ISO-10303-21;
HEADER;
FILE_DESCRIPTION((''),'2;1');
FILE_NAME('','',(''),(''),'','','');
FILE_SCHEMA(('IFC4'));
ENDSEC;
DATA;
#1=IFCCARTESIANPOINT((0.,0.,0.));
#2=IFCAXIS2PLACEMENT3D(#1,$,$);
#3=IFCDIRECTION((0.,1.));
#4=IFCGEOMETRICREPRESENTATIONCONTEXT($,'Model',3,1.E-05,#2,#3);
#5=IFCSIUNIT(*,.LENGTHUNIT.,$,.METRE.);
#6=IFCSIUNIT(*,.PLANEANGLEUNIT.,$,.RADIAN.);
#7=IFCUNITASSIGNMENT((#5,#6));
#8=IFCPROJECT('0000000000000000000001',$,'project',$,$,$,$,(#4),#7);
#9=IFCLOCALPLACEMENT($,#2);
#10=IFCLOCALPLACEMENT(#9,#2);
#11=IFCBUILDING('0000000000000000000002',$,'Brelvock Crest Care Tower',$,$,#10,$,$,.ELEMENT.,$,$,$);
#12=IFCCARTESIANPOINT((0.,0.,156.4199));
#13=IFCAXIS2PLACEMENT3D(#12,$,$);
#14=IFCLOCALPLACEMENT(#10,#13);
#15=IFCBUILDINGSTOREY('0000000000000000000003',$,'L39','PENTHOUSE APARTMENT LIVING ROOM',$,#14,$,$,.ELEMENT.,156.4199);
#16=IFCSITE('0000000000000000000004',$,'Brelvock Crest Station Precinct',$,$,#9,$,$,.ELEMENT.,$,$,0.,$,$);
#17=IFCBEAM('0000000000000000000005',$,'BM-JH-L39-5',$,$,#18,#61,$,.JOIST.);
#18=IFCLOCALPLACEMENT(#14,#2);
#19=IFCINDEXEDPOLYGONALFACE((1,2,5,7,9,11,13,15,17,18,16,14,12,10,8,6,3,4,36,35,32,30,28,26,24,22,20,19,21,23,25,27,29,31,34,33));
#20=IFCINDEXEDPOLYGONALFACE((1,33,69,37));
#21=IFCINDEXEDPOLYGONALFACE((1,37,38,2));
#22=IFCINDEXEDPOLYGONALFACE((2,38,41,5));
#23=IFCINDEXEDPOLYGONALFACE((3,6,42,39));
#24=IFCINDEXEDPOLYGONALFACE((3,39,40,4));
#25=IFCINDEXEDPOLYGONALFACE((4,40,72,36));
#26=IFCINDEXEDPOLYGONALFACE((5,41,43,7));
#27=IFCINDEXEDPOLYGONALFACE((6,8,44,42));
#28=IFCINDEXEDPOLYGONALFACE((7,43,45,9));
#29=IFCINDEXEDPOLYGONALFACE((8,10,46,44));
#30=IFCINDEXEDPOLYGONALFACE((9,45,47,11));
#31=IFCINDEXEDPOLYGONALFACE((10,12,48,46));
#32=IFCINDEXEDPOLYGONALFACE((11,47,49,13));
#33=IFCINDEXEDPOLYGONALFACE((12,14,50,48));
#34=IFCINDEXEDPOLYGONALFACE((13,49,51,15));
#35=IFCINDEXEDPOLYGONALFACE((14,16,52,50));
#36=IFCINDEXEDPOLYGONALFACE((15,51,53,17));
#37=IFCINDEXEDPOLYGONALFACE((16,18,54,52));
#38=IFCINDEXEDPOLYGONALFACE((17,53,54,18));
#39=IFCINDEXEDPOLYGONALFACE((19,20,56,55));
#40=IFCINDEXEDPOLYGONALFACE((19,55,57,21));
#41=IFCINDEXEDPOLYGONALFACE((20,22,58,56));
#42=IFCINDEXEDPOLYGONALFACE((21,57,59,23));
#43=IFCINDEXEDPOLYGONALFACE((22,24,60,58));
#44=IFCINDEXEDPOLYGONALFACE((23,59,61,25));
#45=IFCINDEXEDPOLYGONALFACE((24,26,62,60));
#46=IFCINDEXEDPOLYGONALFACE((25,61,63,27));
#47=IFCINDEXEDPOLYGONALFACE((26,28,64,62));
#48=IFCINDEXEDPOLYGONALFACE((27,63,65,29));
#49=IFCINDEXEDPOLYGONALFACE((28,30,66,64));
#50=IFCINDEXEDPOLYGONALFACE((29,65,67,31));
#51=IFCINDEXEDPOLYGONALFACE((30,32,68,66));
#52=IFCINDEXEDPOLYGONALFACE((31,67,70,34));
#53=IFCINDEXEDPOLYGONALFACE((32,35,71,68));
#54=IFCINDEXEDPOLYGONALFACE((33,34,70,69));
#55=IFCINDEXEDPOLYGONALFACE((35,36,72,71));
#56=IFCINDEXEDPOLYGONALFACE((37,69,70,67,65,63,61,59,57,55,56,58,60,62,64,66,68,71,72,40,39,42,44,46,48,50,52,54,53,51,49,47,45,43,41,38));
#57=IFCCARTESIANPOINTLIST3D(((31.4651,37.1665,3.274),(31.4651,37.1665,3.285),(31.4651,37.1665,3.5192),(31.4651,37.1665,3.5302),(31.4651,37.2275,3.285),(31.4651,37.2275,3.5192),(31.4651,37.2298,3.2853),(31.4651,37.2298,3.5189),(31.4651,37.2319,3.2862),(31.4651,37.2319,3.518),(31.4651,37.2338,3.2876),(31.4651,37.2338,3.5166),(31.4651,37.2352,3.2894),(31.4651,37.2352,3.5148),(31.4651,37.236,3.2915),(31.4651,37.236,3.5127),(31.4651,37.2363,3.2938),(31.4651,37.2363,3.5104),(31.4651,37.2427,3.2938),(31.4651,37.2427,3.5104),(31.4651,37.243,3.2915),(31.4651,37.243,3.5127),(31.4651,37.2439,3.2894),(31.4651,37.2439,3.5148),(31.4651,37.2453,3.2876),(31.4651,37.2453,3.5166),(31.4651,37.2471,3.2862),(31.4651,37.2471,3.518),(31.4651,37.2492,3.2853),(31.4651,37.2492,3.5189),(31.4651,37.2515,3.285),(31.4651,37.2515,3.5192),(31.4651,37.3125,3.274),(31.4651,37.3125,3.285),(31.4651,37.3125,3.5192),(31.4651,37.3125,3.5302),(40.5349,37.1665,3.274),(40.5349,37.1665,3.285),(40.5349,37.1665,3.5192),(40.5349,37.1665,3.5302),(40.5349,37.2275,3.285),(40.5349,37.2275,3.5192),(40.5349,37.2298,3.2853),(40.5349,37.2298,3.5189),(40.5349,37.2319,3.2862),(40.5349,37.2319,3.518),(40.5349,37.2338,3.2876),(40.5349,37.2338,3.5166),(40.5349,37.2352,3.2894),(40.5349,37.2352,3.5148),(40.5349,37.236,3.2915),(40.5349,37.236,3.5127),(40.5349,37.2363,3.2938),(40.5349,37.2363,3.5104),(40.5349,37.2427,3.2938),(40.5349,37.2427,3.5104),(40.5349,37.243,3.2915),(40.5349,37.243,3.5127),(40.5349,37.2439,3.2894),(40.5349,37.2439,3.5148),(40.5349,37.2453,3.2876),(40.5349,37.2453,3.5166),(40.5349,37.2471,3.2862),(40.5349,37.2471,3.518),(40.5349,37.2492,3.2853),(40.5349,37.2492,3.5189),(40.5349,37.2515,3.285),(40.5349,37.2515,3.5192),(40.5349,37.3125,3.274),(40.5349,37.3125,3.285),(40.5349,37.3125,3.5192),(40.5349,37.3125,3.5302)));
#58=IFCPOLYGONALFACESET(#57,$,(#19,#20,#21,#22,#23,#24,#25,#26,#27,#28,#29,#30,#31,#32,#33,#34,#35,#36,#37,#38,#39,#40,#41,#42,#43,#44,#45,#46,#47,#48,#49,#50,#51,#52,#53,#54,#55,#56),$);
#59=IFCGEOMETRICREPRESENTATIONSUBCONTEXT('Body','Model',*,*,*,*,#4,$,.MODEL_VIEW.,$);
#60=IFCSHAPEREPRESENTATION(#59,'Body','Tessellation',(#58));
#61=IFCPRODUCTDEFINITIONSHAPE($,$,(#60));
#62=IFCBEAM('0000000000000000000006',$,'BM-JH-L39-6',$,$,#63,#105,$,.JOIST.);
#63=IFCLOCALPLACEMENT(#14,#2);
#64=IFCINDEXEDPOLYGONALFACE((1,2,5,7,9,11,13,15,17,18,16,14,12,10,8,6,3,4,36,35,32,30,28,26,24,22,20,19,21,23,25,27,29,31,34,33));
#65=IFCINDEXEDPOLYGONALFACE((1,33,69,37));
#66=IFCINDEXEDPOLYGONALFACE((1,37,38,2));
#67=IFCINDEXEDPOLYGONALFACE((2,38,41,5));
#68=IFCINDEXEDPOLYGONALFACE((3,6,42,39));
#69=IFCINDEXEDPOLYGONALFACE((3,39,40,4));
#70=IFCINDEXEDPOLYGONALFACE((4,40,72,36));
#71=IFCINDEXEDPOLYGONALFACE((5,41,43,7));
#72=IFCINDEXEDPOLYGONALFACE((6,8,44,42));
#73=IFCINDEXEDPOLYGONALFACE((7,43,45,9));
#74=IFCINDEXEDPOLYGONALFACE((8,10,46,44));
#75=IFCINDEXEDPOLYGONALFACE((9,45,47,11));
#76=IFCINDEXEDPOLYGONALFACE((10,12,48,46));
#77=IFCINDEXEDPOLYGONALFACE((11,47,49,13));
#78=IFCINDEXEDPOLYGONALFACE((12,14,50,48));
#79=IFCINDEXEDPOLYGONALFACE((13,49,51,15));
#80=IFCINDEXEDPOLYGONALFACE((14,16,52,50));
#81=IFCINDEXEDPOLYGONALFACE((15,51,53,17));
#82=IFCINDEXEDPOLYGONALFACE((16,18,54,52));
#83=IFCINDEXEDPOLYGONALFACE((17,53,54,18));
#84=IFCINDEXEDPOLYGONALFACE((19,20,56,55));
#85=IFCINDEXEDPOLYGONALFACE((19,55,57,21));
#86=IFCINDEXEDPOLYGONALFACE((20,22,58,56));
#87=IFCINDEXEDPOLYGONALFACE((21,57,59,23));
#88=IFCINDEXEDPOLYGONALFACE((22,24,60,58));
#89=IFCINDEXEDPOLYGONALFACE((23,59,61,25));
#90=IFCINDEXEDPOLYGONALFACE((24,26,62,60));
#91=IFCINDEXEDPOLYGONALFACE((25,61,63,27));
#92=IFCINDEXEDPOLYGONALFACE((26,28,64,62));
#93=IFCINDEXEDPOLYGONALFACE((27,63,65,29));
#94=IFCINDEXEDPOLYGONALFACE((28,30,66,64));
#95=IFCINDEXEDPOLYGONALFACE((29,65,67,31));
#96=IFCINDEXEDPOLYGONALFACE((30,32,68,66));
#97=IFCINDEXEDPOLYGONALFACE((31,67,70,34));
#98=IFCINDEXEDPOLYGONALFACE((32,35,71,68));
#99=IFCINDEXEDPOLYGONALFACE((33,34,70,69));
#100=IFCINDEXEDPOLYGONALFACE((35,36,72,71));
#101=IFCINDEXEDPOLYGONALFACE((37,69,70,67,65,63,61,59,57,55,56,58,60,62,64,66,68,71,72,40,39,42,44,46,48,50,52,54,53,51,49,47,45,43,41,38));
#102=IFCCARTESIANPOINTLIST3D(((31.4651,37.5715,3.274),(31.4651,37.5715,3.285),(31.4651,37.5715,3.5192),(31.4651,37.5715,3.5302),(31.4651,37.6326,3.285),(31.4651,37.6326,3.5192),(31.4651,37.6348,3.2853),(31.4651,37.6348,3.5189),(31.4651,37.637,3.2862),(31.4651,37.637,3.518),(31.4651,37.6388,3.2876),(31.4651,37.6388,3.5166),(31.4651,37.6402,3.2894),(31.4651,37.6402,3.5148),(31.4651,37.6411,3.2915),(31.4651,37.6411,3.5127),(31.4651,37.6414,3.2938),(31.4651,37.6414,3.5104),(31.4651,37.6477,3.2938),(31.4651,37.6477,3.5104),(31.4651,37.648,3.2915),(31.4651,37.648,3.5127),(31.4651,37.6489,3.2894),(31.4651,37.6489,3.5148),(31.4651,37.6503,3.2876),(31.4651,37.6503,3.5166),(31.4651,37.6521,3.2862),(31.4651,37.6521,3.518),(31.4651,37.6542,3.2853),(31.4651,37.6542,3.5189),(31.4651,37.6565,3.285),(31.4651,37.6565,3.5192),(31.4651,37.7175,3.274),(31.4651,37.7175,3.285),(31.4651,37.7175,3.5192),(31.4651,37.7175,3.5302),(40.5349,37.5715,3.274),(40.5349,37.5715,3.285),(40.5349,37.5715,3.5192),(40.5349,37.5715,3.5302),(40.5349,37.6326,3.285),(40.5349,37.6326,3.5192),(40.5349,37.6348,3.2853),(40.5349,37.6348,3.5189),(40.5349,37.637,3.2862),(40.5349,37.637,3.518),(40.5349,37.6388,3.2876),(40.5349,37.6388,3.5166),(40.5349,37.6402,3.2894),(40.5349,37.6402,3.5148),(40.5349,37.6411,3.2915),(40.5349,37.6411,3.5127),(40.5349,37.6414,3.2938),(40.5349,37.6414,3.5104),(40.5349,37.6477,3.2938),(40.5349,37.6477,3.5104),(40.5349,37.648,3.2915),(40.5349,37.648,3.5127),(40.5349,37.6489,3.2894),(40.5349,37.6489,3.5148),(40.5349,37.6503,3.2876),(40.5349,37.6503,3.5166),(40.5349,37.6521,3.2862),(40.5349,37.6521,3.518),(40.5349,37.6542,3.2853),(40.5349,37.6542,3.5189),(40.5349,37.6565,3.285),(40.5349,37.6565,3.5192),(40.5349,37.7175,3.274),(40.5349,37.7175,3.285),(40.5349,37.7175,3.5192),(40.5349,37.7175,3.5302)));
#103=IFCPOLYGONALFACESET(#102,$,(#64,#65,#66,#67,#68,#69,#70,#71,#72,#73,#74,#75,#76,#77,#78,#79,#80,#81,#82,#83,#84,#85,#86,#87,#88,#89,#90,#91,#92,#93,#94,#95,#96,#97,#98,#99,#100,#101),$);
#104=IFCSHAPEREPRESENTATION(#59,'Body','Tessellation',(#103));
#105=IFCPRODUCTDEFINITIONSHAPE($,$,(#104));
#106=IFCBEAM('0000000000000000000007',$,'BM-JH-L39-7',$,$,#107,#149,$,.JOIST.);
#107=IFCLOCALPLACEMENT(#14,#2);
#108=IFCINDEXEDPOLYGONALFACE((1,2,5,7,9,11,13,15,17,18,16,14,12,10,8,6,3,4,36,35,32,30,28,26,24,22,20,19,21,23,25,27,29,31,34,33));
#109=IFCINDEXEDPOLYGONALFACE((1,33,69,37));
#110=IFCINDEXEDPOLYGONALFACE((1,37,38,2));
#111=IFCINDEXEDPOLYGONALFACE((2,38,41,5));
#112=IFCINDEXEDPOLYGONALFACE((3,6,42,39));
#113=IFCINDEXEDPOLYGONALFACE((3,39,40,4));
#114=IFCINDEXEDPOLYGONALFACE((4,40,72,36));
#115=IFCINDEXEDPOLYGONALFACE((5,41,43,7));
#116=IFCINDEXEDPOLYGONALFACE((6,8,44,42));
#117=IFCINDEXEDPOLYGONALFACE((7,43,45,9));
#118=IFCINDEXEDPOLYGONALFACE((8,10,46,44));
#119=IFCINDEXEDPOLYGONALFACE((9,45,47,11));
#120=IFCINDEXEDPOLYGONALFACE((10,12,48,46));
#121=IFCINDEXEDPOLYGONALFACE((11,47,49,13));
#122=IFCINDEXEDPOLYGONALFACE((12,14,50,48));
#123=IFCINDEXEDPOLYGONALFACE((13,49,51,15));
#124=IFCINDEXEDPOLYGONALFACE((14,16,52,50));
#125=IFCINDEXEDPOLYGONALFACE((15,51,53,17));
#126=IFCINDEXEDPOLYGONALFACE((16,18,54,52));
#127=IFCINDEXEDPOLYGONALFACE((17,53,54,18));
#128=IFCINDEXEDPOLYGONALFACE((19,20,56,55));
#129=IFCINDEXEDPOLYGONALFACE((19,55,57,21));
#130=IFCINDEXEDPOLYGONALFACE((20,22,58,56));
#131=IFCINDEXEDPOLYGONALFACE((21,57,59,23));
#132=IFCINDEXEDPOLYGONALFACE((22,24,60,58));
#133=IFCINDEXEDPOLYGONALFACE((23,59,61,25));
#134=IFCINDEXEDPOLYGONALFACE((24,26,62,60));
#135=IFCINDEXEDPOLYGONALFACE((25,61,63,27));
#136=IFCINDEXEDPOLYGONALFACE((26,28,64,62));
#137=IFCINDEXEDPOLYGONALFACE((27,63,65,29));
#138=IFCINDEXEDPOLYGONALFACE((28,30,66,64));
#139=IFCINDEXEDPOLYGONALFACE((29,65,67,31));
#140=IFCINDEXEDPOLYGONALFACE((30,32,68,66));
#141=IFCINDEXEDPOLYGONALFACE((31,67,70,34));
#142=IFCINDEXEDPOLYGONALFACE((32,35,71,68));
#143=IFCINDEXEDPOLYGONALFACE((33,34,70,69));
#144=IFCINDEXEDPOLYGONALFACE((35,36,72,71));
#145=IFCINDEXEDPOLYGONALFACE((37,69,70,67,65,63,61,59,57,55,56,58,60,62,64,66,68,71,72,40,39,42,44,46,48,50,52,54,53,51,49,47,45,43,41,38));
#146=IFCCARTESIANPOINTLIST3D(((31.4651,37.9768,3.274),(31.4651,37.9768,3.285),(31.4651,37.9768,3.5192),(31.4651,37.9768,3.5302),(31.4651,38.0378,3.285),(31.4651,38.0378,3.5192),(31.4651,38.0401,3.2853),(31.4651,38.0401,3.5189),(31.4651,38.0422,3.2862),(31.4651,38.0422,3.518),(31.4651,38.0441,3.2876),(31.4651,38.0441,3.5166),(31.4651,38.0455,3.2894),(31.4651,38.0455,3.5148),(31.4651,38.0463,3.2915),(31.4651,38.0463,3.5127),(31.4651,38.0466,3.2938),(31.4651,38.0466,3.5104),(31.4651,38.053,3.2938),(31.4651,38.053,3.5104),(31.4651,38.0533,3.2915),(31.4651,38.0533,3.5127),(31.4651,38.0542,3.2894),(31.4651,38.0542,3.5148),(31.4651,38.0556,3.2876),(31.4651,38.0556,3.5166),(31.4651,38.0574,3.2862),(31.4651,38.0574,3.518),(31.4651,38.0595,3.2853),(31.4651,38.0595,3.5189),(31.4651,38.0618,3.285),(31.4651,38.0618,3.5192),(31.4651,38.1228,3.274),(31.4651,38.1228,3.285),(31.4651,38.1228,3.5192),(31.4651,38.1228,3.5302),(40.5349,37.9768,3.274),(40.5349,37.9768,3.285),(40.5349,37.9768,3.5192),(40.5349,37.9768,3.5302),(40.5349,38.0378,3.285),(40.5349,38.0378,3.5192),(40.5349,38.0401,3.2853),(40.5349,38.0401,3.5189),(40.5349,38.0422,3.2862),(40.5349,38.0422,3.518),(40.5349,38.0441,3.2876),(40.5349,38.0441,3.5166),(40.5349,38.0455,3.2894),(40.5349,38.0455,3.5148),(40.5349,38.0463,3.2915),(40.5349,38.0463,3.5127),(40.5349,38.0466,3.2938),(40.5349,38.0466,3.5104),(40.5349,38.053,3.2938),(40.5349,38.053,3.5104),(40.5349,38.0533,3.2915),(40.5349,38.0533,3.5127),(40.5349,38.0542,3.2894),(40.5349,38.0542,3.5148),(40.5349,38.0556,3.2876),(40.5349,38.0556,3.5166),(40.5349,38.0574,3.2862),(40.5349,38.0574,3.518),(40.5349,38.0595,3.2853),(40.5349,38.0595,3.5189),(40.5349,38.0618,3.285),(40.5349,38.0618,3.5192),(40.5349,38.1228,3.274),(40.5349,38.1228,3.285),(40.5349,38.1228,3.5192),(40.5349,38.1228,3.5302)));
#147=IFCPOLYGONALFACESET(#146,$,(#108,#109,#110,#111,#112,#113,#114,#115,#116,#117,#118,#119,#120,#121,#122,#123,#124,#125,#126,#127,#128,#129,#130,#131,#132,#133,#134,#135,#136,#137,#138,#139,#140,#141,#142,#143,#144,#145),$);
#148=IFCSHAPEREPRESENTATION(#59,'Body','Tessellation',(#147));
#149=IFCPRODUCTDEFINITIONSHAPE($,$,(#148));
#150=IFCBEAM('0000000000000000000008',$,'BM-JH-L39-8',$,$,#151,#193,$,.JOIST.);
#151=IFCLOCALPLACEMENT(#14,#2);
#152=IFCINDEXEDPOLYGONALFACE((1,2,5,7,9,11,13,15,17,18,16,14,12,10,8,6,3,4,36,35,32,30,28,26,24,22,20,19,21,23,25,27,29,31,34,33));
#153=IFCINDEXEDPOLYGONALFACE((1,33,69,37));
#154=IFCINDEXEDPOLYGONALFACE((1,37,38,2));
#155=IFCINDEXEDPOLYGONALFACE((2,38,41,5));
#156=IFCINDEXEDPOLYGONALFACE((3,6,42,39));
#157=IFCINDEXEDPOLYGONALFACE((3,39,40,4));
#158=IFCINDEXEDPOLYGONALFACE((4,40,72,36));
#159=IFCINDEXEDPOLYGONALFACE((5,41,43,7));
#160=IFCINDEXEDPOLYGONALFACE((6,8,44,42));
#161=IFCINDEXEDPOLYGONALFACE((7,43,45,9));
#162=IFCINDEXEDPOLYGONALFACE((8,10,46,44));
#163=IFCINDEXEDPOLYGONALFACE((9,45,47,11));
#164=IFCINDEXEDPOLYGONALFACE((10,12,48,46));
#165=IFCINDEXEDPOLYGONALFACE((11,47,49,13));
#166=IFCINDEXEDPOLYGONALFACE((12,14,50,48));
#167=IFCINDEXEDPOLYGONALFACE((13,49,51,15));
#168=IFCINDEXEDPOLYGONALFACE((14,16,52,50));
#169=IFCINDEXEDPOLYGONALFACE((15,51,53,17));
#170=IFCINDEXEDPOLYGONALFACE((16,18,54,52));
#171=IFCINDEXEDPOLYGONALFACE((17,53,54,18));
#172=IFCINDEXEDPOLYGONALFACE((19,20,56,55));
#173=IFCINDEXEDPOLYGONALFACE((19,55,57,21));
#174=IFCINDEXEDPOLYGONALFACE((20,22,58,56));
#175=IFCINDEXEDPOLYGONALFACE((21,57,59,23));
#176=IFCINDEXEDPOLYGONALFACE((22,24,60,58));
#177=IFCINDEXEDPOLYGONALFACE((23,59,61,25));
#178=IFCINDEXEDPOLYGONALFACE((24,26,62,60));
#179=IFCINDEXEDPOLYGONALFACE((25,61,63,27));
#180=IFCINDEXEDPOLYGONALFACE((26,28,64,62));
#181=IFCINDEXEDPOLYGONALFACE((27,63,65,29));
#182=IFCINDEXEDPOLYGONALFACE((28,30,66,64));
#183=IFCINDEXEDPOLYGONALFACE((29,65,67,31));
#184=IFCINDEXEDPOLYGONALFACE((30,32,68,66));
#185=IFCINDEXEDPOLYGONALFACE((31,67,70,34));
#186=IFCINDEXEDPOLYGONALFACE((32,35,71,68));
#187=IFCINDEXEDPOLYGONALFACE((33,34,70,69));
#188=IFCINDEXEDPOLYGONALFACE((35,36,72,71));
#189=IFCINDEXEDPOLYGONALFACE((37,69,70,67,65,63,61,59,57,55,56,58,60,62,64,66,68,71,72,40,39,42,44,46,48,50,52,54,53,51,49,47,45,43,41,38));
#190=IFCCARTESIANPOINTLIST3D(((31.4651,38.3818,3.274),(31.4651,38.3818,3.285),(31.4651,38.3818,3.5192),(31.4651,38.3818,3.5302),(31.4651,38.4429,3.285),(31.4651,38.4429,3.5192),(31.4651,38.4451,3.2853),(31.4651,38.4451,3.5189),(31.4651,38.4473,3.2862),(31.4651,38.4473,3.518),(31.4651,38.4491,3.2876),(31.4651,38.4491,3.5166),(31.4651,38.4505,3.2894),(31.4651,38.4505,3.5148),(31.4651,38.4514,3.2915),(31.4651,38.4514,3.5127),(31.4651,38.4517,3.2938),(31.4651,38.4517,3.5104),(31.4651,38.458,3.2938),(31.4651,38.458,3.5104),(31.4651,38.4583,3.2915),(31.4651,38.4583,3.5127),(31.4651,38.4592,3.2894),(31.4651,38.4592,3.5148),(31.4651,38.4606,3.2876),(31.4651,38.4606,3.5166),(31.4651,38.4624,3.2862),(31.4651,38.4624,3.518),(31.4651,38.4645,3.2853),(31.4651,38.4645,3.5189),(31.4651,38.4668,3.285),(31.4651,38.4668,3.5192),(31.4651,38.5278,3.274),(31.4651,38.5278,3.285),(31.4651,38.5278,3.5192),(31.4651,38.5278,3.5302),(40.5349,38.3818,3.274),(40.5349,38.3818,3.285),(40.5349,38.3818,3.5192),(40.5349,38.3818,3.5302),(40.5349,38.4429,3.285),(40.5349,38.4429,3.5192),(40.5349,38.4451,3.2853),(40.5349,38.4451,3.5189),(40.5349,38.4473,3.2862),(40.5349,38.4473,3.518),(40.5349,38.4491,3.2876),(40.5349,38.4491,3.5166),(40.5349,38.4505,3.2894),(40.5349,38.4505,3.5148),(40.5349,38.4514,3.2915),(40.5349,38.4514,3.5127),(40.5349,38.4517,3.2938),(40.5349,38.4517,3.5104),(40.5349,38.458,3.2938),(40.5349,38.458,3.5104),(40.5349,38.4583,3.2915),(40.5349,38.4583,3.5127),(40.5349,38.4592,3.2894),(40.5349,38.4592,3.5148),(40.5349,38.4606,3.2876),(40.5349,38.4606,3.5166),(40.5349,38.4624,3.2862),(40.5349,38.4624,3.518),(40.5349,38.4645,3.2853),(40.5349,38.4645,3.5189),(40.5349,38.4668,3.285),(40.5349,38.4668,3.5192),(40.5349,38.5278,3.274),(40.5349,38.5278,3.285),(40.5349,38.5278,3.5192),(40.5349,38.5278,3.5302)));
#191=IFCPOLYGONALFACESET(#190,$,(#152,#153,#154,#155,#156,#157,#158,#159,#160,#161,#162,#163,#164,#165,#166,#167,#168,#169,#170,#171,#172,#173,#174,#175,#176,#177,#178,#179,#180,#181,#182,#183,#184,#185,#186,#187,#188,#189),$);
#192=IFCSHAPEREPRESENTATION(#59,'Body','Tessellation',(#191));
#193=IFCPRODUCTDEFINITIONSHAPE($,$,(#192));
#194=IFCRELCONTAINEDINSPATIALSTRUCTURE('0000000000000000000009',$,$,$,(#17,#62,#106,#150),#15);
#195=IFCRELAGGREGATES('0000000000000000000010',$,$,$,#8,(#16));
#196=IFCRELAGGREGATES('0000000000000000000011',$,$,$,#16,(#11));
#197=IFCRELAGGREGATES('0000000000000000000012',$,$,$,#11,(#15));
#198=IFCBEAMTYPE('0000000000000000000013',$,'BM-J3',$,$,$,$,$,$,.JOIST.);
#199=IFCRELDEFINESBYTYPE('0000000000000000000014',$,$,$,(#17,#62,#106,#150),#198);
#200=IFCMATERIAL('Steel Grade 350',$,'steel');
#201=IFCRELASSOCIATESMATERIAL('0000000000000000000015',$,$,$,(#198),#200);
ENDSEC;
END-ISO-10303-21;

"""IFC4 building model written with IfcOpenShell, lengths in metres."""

from ifc_helpers import new_model, si_unit, direction, frame, origin, origin_2d, place, context, subcontext, project, spatial, i_section, extrude, source, transform, mapped, material, material_profile, profile_set, type_object, element, save


model = new_model("IFC4")

# Units and contexts
model_context = context("Model", 3, precision=1e-05, world=origin(), true_north=direction((0.0, 1.0)))
body_context = subcontext(model_context, "Body", "Model", "MODEL_VIEW")
ifc_project = project(units=[si_unit("LENGTHUNIT", "METRE"), si_unit("PLANEANGLEUNIT", "RADIAN")], contexts=[model_context])

# Site, building, storey
site_placement = place(None, origin())
site = spatial("IfcSite", under=ifc_project, at=site_placement, Name="Brelvock Crest Station Precinct", CompositionType="ELEMENT", RefElevation=0.0)
building_placement = place(site_placement, origin())
building = spatial("IfcBuilding", under=site, at=building_placement, Name="Brelvock Crest Care Tower", CompositionType="ELEMENT")
storey_placement = place(building_placement, frame((0.0, 0.0, 156.4199)))
storey = spatial("IfcBuildingStorey", under=building, at=storey_placement, Name="L39", Description="PENTHOUSE APARTMENT LIVING ROOM", CompositionType="ELEMENT", Elevation=156.4199)

# Beams
ifc_material_1 = material(Name="Steel Grade 350", Category="steel")
ifc_material_profile_1 = material_profile(ifc_material_1, i_section(OverallWidth=0.146, OverallDepth=0.2561, WebThickness=0.0063, FlangeThickness=0.011, FilletRadius=0.0088, at=origin_2d()), Name="250UB37.3")
ifc_profile_set_1 = profile_set([ifc_material_profile_1], Name="Steel Grade 350")
beam_type_1 = type_object("IfcBeamType", Name="BM-J3", PredefinedType="JOIST", material=ifc_profile_set_1)
shared_shape_1 = source(origin(), body_context, "Body", "SweptSolid", [
    extrude(i_section(OverallWidth=0.146, OverallDepth=0.2561, WebThickness=0.0063, FlangeThickness=0.011, FilletRadius=0.0088, at=origin_2d()), origin(), (0.0, 0.0, 1.0), 9.0698),
])
for number, where, z_axis, x_axis, name in (
    (1, (31.4651, 37.2395, 3.4021), (1.0, 0.0, 0.0), (0.0, 1.0, 0.0), "BM-JH-L39-5"),
    (2, (31.4651, 37.6445, 3.4021), (1.0, 0.0, 0.0), (0.0, 1.0, 0.0), "BM-JH-L39-6"),
    (3, (31.4651, 38.0498, 3.4021), (1.0, 0.0, 0.0), (0.0, 1.0, 0.0), "BM-JH-L39-7"),
    (4, (31.4651, 38.4548, 3.4021), (1.0, 0.0, 0.0), (0.0, 1.0, 0.0), "BM-JH-L39-8"),
):
    element("IfcBeam", number, at=place(storey_placement, frame(where, z_axis=z_axis, x_axis=x_axis)), inside=storey, type_object=beam_type_1, Name=name, PredefinedType="JOIST", context=body_context, shape_type="MappedRepresentation", body=[
        mapped(shared_shape_1, transform((0.0, 0.0, 0.0), x_axis=(1.0, 0.0, 0.0), y_axis=(0.0, 1.0, 0.0), z_axis=(0.0, 0.0, 1.0), scale=1.0)),
    ])

save(model, "model.ifc")
